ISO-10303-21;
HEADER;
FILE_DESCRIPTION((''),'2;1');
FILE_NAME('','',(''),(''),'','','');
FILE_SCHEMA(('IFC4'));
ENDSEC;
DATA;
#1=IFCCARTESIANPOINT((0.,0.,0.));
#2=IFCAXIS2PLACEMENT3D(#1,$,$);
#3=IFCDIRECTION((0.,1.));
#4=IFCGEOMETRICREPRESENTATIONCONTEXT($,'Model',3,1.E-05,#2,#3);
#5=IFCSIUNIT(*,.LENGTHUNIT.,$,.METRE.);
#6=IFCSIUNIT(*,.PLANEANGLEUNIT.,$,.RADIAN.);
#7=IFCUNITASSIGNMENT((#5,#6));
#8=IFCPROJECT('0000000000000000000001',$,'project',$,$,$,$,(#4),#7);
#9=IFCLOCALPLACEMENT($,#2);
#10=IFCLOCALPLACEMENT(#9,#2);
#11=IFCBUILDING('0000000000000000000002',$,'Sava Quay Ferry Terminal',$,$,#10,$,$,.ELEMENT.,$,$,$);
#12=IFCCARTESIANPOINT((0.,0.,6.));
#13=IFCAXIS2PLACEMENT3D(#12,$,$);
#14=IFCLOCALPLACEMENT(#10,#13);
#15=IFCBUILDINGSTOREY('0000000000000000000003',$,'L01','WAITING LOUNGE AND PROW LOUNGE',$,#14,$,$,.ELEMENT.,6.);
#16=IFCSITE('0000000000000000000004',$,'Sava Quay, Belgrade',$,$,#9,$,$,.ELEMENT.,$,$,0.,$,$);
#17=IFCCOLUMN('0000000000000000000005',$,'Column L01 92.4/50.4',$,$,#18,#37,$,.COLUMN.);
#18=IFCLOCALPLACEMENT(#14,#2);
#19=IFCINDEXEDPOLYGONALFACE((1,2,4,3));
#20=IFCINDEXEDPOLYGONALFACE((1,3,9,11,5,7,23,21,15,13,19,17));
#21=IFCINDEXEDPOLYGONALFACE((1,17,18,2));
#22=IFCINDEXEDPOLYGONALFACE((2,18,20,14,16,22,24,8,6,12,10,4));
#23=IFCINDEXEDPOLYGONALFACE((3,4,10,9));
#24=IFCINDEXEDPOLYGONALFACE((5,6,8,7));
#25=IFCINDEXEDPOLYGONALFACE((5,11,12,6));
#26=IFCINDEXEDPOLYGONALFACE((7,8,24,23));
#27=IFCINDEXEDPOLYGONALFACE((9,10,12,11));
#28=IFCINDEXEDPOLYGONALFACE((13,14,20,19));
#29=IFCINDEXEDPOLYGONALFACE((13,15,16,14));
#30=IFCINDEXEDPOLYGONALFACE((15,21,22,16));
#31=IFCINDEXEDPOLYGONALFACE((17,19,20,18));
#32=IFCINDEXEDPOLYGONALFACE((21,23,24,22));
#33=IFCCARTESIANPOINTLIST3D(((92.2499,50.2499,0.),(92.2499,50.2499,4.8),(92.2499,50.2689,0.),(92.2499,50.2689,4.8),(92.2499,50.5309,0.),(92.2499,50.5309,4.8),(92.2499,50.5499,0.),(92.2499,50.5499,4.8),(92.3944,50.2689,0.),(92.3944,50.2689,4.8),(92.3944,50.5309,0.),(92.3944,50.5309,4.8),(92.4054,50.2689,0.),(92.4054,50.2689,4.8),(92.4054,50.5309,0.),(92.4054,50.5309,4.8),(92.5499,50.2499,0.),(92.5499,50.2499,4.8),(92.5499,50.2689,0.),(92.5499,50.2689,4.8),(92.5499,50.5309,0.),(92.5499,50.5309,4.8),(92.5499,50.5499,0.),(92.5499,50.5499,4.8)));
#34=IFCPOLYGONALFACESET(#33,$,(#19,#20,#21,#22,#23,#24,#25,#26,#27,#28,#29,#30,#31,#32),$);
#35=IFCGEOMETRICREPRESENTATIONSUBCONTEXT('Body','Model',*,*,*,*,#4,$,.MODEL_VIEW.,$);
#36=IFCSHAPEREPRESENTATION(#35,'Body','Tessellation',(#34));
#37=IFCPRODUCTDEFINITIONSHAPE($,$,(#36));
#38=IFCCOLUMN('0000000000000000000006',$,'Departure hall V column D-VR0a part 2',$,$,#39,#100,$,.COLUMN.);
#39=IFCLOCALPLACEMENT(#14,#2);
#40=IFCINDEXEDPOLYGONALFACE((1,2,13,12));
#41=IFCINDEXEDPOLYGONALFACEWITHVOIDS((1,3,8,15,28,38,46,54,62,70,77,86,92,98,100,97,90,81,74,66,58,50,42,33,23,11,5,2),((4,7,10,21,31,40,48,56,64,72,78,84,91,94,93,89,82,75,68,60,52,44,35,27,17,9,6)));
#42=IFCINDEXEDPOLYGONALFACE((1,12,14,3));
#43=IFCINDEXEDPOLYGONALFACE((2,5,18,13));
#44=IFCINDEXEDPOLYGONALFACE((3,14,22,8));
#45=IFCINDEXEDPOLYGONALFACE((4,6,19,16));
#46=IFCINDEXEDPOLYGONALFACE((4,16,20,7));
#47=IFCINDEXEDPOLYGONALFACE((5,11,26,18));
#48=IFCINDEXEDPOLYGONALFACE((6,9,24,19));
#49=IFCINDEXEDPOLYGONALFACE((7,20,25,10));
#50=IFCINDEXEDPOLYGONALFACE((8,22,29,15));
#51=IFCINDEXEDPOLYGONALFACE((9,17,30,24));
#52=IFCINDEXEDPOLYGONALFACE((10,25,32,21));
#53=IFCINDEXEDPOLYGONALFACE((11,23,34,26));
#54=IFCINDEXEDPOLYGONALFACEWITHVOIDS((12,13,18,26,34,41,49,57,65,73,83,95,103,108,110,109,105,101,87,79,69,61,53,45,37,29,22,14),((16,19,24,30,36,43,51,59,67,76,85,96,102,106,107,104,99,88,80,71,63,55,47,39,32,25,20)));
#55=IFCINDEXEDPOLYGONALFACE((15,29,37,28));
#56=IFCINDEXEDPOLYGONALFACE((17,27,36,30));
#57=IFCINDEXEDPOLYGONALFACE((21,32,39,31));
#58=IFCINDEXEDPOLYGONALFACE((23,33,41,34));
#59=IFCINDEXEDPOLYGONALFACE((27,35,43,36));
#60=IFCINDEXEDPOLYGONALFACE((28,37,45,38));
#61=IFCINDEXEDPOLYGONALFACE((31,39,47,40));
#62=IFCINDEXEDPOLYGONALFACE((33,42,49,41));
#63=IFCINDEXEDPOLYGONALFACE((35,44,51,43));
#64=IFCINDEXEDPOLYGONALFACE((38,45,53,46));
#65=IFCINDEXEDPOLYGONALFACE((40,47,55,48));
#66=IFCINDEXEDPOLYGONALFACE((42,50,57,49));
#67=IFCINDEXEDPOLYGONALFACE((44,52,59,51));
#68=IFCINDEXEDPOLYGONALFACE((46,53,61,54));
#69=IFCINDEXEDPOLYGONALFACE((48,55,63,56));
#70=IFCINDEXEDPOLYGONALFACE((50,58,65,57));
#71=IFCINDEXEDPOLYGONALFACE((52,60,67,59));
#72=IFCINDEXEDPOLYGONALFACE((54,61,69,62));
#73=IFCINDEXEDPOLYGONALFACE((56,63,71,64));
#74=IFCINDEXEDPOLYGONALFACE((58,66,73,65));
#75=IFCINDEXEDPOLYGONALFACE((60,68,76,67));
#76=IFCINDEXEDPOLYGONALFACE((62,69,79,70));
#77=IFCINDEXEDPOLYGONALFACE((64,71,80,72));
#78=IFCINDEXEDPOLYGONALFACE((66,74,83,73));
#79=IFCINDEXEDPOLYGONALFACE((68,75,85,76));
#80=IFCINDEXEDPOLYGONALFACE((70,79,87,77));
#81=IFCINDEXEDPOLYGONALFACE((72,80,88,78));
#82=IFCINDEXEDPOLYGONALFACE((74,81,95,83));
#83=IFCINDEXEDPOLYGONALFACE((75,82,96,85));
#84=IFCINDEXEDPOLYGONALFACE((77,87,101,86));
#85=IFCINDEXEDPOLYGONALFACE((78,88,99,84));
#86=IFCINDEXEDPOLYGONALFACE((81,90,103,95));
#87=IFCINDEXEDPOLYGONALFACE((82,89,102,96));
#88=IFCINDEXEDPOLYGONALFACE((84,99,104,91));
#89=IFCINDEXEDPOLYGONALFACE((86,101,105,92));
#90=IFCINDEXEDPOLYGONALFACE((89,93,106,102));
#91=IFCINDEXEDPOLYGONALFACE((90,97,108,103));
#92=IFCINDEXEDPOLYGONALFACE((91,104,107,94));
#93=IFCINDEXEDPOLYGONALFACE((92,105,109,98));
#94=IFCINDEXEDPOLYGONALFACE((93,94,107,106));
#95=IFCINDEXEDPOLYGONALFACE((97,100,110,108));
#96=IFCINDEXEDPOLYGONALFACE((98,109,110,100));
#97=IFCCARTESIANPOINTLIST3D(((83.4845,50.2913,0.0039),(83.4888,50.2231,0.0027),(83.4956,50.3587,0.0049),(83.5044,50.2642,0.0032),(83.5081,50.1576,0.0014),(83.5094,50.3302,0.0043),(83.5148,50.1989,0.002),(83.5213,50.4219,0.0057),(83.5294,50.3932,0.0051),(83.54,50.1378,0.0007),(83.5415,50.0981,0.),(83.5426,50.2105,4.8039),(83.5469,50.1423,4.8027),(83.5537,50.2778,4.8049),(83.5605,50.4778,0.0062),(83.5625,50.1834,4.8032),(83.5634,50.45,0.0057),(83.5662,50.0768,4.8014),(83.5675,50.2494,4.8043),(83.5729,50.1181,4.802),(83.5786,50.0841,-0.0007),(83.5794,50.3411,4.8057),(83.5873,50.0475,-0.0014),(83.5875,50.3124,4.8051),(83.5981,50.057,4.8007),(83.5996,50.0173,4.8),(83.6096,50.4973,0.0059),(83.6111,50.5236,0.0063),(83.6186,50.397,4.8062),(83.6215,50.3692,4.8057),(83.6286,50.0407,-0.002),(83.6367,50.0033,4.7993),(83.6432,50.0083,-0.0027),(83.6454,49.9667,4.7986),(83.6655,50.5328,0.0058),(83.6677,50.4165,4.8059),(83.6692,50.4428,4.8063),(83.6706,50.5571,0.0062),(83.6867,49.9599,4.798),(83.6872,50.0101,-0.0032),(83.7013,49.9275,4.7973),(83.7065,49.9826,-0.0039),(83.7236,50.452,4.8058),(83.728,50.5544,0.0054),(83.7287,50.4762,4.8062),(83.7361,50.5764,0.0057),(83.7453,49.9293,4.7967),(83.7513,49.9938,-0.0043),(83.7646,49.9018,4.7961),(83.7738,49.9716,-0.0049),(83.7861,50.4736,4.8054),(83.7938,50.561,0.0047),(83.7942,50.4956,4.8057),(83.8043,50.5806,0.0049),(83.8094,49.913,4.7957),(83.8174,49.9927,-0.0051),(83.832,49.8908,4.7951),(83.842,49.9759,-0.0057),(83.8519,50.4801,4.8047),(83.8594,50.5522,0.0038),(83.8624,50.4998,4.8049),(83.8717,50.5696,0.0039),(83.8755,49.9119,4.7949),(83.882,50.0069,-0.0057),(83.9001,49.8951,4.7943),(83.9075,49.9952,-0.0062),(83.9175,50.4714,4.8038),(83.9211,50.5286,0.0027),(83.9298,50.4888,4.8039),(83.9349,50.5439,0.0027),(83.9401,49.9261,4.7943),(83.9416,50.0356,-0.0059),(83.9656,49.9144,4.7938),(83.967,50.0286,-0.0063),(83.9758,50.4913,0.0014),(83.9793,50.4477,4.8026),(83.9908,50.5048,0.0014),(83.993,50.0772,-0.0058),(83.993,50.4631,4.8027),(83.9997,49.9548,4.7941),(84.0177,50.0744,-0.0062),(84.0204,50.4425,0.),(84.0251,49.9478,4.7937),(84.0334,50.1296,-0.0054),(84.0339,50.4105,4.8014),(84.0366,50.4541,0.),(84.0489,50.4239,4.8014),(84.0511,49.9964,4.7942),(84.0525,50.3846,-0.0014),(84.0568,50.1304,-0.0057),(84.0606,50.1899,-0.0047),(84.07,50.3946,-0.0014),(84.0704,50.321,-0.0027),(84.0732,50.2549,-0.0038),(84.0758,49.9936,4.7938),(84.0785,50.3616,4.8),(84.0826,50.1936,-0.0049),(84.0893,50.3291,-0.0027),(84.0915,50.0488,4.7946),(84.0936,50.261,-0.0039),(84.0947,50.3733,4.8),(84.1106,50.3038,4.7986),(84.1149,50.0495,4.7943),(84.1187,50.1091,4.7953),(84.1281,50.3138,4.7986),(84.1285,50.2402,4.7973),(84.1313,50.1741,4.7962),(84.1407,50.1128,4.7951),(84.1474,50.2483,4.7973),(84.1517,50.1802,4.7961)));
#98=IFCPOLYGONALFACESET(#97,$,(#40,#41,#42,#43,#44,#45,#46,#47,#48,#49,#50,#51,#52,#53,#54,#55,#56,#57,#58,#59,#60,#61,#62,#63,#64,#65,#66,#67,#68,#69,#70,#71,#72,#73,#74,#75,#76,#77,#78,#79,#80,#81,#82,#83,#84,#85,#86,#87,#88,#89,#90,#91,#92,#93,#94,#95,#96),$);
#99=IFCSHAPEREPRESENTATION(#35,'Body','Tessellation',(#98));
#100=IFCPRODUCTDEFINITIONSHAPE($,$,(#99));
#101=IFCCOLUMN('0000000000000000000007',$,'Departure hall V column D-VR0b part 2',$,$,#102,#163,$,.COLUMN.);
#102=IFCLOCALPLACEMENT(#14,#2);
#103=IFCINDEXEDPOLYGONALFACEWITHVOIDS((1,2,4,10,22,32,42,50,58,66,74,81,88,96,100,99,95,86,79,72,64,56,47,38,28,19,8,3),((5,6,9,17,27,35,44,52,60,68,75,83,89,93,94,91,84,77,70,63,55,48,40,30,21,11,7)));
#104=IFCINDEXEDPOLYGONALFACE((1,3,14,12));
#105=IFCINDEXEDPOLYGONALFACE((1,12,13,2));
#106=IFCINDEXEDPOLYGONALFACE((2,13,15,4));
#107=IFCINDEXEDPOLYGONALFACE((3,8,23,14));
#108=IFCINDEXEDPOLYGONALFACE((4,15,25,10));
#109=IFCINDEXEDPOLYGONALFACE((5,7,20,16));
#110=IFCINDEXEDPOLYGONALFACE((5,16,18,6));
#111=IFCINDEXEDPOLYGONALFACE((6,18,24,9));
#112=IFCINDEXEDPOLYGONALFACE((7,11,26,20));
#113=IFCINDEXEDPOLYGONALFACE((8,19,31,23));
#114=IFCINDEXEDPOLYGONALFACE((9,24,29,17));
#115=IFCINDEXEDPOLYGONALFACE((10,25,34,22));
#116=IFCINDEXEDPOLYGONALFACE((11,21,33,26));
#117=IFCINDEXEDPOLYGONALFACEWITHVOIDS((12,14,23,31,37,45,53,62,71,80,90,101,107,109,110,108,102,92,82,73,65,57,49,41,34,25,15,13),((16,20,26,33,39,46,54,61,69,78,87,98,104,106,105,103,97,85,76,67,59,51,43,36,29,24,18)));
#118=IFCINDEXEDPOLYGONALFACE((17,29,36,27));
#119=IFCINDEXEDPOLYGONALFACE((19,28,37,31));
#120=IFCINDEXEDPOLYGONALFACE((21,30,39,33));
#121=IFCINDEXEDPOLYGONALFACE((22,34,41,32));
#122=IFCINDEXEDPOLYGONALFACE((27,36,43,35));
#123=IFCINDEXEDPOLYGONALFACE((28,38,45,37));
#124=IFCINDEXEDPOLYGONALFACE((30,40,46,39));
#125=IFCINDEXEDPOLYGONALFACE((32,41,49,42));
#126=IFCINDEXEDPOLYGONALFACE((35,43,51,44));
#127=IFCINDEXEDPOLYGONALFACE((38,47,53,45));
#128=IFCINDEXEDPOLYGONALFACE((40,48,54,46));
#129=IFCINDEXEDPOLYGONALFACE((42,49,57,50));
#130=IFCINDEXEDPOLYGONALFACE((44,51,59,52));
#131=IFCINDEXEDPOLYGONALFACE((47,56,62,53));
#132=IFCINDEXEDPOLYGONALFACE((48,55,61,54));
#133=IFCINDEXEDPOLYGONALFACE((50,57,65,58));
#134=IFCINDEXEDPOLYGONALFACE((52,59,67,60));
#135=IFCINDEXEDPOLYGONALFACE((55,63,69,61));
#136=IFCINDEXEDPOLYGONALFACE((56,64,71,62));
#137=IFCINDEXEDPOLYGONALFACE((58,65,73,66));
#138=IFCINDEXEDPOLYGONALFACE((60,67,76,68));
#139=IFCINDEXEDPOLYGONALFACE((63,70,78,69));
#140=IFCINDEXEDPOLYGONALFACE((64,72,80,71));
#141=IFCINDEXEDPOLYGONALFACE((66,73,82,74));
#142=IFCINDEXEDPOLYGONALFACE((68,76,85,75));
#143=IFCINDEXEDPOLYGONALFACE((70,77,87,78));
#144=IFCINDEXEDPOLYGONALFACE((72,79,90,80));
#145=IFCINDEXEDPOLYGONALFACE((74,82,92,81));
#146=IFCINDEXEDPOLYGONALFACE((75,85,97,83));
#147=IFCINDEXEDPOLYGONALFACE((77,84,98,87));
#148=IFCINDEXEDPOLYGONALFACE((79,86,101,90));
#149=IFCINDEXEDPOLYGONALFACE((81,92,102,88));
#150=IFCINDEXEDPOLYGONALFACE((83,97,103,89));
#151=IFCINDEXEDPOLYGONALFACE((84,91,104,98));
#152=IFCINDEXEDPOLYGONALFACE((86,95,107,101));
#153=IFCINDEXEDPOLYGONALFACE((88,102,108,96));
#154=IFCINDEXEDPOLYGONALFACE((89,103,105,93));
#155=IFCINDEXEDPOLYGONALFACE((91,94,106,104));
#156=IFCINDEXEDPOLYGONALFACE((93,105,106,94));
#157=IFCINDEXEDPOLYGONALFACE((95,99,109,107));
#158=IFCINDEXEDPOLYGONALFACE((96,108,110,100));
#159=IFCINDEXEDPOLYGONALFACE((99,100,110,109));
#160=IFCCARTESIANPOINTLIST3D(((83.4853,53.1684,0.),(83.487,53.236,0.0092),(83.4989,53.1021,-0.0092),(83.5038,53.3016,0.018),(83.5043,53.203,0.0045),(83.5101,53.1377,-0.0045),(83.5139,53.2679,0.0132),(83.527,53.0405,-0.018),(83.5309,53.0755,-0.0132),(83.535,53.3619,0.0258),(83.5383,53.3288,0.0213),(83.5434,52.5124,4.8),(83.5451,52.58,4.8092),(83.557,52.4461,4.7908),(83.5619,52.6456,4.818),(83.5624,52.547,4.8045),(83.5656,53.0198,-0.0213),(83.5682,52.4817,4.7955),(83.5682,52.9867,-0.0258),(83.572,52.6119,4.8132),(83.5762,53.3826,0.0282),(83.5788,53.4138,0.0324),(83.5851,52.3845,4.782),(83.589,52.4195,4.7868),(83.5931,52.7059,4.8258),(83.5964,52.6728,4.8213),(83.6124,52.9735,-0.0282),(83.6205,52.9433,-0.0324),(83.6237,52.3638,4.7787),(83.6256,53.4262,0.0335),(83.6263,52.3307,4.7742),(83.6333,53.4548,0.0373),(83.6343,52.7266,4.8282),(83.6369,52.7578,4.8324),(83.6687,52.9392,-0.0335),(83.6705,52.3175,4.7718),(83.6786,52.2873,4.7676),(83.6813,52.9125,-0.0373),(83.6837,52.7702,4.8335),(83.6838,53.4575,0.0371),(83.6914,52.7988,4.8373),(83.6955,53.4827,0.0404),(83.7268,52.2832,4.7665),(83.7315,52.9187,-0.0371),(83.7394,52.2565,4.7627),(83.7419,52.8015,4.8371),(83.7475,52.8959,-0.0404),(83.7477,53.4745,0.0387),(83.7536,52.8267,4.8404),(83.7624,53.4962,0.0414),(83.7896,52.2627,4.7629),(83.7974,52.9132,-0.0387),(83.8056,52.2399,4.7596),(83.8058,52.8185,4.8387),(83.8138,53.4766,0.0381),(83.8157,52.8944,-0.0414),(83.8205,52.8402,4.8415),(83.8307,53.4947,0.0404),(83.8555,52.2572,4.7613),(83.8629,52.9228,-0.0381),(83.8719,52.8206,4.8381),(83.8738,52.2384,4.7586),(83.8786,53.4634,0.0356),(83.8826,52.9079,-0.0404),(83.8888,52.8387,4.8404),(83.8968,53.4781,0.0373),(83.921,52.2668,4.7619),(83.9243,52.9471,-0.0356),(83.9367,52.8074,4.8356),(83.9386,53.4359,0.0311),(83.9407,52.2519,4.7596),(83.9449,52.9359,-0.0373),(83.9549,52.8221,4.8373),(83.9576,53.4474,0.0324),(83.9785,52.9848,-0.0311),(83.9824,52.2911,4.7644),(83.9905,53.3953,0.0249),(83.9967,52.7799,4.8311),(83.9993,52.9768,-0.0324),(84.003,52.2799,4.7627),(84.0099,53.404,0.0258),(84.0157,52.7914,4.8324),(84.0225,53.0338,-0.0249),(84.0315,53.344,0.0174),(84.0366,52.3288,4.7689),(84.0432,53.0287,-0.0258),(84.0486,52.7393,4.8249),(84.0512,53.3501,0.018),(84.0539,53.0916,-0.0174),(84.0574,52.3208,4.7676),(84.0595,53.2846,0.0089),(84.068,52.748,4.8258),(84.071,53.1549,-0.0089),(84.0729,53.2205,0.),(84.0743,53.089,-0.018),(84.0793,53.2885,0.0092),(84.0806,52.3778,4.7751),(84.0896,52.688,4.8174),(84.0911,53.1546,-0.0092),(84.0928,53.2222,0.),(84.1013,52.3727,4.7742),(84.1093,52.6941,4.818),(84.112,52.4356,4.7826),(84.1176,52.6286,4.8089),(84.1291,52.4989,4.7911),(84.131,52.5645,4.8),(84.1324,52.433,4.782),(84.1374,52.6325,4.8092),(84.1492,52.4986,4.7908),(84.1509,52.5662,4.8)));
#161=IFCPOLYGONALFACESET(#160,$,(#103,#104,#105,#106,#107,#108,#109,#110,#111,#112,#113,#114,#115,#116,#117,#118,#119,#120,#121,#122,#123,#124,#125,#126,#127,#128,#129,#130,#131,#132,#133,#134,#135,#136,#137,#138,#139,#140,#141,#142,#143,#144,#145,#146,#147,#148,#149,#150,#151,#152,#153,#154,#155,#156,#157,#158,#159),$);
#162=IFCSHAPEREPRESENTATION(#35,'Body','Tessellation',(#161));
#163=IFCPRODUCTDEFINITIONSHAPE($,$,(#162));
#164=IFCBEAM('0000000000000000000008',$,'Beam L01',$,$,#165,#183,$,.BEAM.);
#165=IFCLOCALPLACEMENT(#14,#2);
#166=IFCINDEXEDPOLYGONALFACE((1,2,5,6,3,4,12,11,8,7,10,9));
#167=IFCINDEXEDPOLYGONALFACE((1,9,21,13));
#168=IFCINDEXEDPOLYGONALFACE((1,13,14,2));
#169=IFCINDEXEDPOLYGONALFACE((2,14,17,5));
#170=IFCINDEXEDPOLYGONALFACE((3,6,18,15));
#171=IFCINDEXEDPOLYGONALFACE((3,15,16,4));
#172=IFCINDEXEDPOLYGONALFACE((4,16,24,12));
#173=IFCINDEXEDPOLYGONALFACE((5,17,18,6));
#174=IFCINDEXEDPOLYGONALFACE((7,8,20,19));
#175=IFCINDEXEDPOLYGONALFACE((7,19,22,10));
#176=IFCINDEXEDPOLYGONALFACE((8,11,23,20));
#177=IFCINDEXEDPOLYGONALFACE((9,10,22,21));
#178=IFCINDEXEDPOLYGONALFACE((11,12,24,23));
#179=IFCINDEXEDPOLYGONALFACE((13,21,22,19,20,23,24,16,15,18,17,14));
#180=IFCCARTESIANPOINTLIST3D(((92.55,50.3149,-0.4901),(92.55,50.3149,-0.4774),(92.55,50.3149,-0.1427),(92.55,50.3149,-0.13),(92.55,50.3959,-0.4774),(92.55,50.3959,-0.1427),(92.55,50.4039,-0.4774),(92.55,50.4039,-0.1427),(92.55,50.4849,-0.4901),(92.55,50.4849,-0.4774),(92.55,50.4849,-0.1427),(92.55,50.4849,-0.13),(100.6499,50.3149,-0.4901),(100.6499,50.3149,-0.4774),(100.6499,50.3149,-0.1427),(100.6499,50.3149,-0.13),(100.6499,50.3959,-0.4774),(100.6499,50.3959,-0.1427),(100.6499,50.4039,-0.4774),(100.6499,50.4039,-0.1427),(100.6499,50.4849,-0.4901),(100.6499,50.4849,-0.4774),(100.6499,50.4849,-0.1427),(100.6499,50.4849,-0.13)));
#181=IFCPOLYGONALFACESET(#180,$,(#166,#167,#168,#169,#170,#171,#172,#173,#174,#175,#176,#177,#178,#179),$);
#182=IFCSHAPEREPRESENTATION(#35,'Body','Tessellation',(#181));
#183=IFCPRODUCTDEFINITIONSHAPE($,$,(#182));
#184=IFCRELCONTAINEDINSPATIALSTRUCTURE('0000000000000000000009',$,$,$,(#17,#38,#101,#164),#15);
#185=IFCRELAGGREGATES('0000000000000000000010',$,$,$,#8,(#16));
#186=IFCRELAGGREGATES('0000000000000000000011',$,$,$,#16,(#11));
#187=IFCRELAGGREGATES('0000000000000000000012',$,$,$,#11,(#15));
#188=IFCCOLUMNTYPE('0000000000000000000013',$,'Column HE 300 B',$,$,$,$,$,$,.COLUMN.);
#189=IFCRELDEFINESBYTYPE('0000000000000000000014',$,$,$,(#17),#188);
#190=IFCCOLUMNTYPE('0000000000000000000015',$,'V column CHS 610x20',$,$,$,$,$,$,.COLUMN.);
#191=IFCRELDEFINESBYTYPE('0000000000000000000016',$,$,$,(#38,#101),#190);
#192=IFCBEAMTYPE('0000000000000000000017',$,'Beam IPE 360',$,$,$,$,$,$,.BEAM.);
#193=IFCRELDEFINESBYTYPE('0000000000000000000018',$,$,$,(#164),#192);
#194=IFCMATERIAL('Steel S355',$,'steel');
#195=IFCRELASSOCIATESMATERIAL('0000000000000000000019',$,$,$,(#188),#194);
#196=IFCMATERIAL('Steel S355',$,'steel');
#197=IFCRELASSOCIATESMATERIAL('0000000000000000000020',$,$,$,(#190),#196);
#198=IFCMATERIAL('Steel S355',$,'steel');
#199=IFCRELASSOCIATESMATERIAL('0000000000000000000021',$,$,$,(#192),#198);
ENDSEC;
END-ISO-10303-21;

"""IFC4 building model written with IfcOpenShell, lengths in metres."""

from ifc_helpers import new_model, si_unit, direction, frame, origin, origin_2d, place, context, subcontext, project, spatial, hollow_circle, i_section, extrude, material, material_profile, profile_set, type_object, element, save


model = new_model("IFC4")

# Units and contexts
model_context = context("Model", 3, precision=1e-05, world=origin(), true_north=direction((0.0, 1.0)))
body_context = subcontext(model_context, "Body", "Model", "MODEL_VIEW")
ifc_project = project(units=[si_unit("LENGTHUNIT", "METRE"), si_unit("PLANEANGLEUNIT", "RADIAN")], contexts=[model_context])

# Site, building, storey
site_placement = place(None, origin())
site = spatial("IfcSite", under=ifc_project, at=site_placement, Name="Sava Quay, Belgrade", CompositionType="ELEMENT", RefElevation=0.0)
building_placement = place(site_placement, origin())
building = spatial("IfcBuilding", under=site, at=building_placement, Name="Sava Quay Ferry Terminal", CompositionType="ELEMENT")
storey_placement = place(building_placement, frame((0.0, 0.0, 6.0)))
storey = spatial("IfcBuildingStorey", under=building, at=storey_placement, Name="L01", Description="WAITING LOUNGE AND PROW LOUNGE", CompositionType="ELEMENT", Elevation=6.0)

# Columns
ifc_material_1 = material(Name="Steel S355", Category="steel")
ifc_material_profile_1 = material_profile(ifc_material_1, i_section(OverallWidth=0.3, OverallDepth=0.3, WebThickness=0.011, FlangeThickness=0.019, at=origin_2d()), Name="HE 300 B")
ifc_profile_set_1 = profile_set([ifc_material_profile_1], Name="Steel S355")
column_type_1 = type_object("IfcColumnType", Name="Column HE 300 B", PredefinedType="COLUMN", material=ifc_profile_set_1)
column_1_placement = place(storey_placement, frame((92.3999, 50.3999, 0.0), z_axis=(0.0, 0.0, 1.0), x_axis=(1.0, 0.0, 0.0)))
element("IfcColumn", 1, at=column_1_placement, inside=storey, type_object=column_type_1, Name="Column L01 92.4/50.4", PredefinedType="COLUMN", context=body_context, shape_type="SweptSolid", body=[
    extrude(i_section(OverallWidth=0.3, OverallDepth=0.3, WebThickness=0.011, FlangeThickness=0.019, at=origin_2d()), origin(), (0.0, 0.0, 1.0), 4.8),
])
ifc_material_2 = material(Name="Steel S355", Category="steel")
ifc_material_profile_2 = material_profile(ifc_material_2, hollow_circle(Radius=0.3049, WallThickness=0.02, at=origin_2d()), Name="CHS 610 x 20.0")
ifc_profile_set_2 = profile_set([ifc_material_profile_2], Name="Steel S355")
column_type_2 = type_object("IfcColumnType", Name="V column CHS 610x20", PredefinedType="COLUMN", material=ifc_profile_set_2)
column_2_placement = place(storey_placement, frame((83.7891, 50.2761, 0.0), z_axis=(0.012103, -0.016832, 0.999785), x_axis=(0.811906, 0.583788, 0.0)))
element("IfcColumn", 2, at=column_2_placement, inside=storey, type_object=column_type_2, Name="Departure hall V column D-VR0a part 2", PredefinedType="COLUMN", context=body_context, shape_type="SweptSolid", body=[
    extrude(hollow_circle(Radius=0.3049, WallThickness=0.02, at=origin_2d()), origin(), (0.0, 0.0, 1.0), 4.801),
])
column_3_placement = place(storey_placement, frame((83.7891, 53.1953, 0.0), z_axis=(0.011993, -0.135398, 0.990719), x_axis=(0.9961, 0.088229, 0.0)))
element("IfcColumn", 3, at=column_3_placement, inside=storey, type_object=column_type_2, Name="Departure hall V column D-VR0b part 2", PredefinedType="COLUMN", context=body_context, shape_type="SweptSolid", body=[
    extrude(hollow_circle(Radius=0.3049, WallThickness=0.02, at=origin_2d()), origin(), (0.0, 0.0, 1.0), 4.845),
])

# Beam
ifc_material_3 = material(Name="Steel S355", Category="steel")
ifc_material_profile_3 = material_profile(ifc_material_3, i_section(OverallWidth=0.1699, OverallDepth=0.3601, WebThickness=0.0081, FlangeThickness=0.0127, at=origin_2d()), Name="IPE 360")
ifc_profile_set_3 = profile_set([ifc_material_profile_3], Name="Steel S355")
beam_type = type_object("IfcBeamType", Name="Beam IPE 360", PredefinedType="BEAM", material=ifc_profile_set_3)
for number, where, z_axis, x_axis, name in (
    (4, (92.55, 50.3999, -0.3101), (1.0, 0.0, 0.0), (0.0, 1.0, 0.0), "Beam L01"),
):
    element("IfcBeam", number, at=place(storey_placement, frame(where, z_axis=z_axis, x_axis=x_axis)), inside=storey, type_object=beam_type, Name=name, PredefinedType="BEAM", context=body_context, shape_type="SweptSolid", body=[
        extrude(i_section(OverallWidth=0.1699, OverallDepth=0.3601, WebThickness=0.0081, FlangeThickness=0.0127, at=origin_2d()), origin(), (0.0, 0.0, 1.0), 8.0999),
    ])

save(model, "model.ifc")
